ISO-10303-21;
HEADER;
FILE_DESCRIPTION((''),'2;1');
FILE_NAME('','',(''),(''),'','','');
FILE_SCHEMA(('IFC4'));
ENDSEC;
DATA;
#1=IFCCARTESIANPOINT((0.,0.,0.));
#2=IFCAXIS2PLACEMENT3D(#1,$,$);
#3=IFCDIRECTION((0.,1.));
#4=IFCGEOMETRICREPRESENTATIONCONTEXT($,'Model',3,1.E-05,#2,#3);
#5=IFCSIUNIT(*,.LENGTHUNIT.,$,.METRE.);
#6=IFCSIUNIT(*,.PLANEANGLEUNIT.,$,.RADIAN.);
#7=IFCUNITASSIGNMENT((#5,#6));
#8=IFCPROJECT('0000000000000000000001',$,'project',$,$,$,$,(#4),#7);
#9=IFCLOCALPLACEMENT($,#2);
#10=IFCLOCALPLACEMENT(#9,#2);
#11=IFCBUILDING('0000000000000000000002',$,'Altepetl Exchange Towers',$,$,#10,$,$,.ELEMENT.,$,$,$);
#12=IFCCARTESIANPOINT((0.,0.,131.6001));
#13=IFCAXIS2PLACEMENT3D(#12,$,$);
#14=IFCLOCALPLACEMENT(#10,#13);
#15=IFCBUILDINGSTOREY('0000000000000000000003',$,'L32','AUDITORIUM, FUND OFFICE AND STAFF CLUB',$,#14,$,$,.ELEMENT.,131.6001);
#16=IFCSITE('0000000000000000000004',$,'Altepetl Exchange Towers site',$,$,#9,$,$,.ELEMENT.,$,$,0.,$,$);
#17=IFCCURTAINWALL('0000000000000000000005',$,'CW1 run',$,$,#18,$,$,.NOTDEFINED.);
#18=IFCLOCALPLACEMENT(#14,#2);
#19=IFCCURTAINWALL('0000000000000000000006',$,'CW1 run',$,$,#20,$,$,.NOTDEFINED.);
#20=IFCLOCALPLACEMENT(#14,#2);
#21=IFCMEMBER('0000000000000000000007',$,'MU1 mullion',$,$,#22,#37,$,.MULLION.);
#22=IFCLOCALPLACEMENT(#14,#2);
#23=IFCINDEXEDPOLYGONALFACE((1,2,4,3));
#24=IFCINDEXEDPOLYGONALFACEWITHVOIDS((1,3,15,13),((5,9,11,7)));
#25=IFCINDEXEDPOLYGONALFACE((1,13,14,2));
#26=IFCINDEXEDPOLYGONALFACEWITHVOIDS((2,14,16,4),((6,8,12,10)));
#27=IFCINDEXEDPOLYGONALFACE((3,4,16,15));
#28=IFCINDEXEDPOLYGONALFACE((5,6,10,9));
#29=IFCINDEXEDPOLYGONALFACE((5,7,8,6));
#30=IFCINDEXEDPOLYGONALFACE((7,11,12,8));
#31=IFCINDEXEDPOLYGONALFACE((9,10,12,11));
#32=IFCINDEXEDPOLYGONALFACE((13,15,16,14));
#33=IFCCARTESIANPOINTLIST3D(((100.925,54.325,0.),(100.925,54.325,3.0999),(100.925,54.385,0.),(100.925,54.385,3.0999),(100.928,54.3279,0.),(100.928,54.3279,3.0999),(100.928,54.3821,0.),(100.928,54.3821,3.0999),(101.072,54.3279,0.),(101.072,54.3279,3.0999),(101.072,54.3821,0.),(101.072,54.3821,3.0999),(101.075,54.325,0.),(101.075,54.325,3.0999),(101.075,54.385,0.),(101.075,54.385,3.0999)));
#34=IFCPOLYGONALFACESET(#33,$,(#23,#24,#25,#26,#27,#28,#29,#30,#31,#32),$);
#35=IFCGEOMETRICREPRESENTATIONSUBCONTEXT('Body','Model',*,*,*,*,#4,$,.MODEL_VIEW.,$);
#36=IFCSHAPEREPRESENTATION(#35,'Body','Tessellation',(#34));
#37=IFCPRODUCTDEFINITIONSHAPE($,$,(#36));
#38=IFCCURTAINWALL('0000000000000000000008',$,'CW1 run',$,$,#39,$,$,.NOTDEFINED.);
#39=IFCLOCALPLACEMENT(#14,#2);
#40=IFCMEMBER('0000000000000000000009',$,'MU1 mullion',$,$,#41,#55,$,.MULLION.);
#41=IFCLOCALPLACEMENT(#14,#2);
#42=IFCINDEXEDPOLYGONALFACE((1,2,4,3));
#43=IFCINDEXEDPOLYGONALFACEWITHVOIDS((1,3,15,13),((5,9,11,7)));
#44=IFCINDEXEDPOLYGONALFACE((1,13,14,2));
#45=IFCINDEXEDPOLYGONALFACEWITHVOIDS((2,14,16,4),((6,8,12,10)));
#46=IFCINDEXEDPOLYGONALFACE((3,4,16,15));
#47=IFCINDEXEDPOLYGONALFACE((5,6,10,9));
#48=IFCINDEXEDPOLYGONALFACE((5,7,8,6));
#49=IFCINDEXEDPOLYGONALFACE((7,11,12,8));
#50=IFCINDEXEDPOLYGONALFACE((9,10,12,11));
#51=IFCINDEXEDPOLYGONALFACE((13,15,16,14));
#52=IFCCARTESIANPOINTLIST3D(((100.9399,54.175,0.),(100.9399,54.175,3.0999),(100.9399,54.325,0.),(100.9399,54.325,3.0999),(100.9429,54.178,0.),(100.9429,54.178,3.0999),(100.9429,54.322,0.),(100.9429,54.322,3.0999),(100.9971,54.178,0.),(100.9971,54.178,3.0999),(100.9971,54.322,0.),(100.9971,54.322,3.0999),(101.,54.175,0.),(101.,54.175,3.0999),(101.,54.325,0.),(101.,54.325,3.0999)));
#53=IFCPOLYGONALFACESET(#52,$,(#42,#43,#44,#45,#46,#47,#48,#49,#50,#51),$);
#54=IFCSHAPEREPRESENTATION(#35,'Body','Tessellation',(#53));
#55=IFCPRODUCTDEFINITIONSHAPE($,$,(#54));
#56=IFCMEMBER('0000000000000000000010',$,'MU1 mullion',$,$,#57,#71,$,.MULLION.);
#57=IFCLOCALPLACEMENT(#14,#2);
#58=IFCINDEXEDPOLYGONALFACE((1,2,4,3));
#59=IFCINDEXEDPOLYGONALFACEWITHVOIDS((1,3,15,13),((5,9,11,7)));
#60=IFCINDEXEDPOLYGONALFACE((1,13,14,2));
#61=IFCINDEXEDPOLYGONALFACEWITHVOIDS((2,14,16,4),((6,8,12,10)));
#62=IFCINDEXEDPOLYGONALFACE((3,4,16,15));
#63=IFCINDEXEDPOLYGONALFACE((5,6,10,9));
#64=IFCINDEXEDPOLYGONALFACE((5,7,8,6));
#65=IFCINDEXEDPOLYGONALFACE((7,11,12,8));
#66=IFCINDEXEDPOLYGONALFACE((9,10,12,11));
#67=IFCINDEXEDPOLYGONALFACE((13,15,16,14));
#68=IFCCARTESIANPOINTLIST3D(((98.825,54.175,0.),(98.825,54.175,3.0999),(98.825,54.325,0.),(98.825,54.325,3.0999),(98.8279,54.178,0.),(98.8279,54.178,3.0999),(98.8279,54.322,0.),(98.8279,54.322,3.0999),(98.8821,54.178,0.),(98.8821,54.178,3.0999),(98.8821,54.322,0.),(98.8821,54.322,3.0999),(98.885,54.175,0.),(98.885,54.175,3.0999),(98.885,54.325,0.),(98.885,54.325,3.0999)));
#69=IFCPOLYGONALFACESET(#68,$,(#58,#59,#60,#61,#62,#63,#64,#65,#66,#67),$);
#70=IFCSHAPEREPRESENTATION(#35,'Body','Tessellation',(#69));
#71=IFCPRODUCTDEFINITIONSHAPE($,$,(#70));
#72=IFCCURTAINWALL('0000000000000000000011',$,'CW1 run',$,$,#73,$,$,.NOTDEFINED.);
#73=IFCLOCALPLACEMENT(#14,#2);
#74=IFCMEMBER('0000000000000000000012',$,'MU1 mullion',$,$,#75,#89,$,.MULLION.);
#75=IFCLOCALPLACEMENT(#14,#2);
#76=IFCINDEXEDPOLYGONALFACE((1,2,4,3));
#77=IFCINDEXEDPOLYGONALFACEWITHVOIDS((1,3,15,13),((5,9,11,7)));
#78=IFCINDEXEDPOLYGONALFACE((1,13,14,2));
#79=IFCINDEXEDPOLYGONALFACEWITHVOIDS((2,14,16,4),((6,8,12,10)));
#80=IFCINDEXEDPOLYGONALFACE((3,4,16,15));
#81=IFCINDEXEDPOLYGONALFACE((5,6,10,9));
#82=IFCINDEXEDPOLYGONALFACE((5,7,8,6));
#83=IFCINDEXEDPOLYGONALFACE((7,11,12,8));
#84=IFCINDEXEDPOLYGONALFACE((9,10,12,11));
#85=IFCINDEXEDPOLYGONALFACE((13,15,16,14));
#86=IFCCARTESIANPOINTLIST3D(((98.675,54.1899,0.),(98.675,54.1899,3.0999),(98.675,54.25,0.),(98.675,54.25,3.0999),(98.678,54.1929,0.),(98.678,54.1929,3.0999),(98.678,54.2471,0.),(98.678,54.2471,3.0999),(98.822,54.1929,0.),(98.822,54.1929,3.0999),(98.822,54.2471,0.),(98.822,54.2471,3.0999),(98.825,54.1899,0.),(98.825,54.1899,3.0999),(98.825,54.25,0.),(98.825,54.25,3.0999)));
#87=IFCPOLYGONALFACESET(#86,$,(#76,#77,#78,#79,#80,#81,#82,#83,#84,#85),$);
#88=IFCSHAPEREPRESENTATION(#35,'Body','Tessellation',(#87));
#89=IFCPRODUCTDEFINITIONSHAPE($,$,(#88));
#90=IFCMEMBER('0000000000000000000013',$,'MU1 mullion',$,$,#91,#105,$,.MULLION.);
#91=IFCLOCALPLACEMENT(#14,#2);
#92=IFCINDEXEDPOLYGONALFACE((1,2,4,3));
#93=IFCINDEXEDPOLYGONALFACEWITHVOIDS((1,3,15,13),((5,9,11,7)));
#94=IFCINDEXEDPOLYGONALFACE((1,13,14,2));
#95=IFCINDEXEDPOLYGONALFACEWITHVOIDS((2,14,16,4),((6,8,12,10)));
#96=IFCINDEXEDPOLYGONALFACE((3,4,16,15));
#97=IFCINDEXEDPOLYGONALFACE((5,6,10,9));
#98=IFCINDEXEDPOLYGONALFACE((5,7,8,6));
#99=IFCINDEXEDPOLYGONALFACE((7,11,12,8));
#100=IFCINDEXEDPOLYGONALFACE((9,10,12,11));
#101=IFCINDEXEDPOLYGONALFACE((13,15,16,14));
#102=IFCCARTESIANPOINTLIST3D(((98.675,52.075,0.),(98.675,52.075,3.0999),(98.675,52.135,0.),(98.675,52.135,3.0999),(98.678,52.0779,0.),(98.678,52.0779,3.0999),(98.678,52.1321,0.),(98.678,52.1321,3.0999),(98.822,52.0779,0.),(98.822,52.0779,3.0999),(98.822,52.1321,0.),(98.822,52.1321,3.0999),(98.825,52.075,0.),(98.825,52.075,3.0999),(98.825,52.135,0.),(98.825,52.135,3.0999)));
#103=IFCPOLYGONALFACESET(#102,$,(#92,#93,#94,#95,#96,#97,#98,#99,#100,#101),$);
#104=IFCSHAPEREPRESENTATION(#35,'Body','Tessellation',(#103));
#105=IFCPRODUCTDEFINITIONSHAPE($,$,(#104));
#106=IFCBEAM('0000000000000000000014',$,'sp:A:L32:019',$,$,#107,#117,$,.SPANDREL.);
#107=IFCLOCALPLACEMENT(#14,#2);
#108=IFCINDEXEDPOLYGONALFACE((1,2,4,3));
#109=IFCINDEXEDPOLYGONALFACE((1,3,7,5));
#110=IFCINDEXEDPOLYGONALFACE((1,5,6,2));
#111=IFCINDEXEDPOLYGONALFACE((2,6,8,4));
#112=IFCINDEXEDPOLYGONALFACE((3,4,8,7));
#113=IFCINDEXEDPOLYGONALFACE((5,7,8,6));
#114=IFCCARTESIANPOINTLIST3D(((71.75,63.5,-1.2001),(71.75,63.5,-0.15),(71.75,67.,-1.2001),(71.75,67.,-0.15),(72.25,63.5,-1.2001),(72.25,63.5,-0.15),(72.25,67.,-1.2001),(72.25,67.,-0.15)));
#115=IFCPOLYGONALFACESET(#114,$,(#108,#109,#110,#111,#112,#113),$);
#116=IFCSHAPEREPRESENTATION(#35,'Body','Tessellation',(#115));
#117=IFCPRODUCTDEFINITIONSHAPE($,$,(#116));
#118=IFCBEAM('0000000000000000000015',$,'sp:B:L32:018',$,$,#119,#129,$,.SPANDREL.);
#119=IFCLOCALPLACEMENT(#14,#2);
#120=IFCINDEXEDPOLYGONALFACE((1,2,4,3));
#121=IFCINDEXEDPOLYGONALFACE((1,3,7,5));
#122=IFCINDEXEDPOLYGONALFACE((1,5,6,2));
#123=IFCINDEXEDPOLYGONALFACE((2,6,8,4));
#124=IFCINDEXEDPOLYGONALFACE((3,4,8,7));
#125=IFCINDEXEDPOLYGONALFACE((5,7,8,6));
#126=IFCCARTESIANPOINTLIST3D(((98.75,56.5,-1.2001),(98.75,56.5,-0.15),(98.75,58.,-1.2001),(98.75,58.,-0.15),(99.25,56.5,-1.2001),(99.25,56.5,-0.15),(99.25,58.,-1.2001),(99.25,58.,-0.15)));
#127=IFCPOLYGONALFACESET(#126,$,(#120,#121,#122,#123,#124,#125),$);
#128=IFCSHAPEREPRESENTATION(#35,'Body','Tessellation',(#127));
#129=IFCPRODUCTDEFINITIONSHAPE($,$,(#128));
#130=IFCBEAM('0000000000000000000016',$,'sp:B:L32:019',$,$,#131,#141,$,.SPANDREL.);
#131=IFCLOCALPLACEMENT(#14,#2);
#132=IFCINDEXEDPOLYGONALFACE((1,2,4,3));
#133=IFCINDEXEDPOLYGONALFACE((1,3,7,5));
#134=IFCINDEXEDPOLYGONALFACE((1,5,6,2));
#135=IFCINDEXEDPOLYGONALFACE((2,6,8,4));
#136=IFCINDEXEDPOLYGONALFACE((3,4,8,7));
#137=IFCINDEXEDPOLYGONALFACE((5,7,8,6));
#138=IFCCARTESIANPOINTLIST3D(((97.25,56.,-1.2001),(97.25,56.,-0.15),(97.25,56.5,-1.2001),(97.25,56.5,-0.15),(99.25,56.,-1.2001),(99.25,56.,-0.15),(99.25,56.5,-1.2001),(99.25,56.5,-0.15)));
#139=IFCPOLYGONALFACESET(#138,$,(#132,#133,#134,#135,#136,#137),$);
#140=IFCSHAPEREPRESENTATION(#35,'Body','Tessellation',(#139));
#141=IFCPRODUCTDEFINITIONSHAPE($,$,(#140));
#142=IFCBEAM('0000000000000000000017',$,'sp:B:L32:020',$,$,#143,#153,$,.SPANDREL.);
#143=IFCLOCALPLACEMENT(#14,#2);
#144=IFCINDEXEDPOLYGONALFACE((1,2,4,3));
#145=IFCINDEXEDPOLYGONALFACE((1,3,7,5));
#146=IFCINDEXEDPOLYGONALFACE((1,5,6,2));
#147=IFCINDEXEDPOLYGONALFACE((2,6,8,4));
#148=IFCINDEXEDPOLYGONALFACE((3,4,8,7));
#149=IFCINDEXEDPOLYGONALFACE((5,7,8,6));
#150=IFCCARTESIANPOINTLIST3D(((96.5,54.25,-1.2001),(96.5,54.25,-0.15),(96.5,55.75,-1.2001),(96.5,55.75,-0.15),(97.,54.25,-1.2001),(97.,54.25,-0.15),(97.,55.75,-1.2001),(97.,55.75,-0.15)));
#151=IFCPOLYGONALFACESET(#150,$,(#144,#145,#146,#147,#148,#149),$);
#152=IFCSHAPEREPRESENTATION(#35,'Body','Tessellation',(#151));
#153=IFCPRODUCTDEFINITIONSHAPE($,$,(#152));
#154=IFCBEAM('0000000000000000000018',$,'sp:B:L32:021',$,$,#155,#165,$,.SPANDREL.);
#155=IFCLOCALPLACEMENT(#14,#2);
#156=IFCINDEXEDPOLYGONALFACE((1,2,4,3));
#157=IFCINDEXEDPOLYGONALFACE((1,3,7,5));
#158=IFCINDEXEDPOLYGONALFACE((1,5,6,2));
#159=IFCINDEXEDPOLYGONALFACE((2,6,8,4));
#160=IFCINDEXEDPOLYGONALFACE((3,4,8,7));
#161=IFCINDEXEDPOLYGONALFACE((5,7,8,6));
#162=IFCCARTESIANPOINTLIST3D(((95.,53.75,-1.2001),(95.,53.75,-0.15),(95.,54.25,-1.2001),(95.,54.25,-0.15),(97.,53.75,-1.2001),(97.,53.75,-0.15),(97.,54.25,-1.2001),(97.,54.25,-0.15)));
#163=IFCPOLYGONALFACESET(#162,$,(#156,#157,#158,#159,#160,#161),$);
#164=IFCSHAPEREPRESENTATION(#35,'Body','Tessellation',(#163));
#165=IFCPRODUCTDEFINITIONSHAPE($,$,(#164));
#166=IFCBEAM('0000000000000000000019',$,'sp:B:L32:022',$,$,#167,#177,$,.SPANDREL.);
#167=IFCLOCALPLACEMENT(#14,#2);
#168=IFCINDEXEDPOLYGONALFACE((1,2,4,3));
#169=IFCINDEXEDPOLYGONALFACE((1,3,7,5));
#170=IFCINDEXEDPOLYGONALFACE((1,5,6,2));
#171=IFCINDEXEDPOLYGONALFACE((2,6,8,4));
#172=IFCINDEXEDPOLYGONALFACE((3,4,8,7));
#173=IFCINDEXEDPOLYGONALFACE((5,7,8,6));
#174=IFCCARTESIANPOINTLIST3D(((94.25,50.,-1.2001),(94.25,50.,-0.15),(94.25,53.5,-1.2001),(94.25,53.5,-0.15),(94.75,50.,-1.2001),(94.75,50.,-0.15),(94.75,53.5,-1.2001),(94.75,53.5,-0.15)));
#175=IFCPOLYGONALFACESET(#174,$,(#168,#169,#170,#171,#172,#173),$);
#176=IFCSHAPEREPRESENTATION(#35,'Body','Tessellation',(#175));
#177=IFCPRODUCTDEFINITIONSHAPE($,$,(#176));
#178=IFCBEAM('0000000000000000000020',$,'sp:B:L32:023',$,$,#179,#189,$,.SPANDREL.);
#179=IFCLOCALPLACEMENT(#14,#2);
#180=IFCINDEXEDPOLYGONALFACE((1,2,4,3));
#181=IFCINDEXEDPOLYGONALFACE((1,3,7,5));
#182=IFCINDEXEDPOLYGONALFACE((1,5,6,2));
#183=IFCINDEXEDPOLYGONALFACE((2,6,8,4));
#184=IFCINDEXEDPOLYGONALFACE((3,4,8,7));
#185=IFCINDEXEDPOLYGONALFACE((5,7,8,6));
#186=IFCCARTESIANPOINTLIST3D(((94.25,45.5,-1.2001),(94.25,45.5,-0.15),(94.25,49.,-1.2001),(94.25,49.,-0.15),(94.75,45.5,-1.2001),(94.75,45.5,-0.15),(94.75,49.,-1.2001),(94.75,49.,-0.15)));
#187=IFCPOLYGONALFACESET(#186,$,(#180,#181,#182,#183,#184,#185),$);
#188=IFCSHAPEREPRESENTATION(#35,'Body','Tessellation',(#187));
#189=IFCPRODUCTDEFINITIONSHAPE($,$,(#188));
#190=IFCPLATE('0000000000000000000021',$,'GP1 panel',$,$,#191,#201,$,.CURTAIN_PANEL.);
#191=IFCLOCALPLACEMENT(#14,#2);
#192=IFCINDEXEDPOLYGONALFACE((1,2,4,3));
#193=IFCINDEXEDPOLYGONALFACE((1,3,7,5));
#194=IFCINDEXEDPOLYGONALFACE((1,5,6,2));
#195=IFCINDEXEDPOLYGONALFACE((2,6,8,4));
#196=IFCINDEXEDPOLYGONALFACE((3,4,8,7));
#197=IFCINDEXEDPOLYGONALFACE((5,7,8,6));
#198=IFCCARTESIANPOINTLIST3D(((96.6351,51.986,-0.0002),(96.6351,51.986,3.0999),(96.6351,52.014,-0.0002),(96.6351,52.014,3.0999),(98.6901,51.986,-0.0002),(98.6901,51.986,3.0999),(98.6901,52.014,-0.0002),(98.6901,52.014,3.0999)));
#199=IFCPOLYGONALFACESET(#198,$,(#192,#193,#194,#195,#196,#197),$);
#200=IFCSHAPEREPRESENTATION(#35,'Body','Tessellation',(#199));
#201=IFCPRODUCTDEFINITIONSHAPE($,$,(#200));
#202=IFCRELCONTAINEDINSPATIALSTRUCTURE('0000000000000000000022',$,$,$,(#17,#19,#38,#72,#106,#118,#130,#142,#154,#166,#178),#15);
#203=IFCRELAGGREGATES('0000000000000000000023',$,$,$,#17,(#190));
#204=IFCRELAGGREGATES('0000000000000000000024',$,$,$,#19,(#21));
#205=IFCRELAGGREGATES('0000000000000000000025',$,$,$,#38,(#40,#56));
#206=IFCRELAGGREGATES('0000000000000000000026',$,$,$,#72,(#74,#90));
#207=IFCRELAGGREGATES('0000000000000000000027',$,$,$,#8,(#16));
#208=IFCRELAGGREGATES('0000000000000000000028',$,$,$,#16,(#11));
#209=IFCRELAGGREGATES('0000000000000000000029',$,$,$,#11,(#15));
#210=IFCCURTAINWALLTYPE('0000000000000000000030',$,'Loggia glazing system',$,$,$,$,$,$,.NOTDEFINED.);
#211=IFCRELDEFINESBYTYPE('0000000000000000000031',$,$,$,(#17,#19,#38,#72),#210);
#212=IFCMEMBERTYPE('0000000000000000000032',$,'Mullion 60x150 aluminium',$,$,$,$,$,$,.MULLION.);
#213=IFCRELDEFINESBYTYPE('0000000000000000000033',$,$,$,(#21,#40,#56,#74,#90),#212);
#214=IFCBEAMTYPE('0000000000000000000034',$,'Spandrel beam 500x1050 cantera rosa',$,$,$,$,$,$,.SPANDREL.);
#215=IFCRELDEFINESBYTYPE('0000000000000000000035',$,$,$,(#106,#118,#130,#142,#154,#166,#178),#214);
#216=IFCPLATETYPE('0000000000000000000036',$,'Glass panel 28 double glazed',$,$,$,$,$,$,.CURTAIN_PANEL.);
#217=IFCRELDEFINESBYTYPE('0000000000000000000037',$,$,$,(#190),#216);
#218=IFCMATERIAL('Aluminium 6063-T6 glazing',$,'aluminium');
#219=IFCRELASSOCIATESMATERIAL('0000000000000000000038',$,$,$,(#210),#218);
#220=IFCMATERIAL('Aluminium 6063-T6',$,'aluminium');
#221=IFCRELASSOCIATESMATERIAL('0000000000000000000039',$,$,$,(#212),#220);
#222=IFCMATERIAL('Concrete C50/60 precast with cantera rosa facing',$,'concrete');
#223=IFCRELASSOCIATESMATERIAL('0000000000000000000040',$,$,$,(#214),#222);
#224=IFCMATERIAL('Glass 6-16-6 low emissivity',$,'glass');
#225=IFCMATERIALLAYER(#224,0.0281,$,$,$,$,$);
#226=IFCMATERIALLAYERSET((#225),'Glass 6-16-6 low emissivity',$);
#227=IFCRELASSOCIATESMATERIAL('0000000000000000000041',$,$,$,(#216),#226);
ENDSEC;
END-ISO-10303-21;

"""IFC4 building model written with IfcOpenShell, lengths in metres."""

from ifc_helpers import new_model, si_unit, direction, frame, origin, origin_2d, place, context, subcontext, project, spatial, rectangle, hollow_rectangle, extrude, material, layer, layer_set, material_profile, profile_set, type_object, element, aggregate, save


model = new_model("IFC4")

# Units and contexts
model_context = context("Model", 3, precision=1e-05, world=origin(), true_north=direction((0.0, 1.0)))
body_context = subcontext(model_context, "Body", "Model", "MODEL_VIEW")
ifc_project = project(units=[si_unit("LENGTHUNIT", "METRE"), si_unit("PLANEANGLEUNIT", "RADIAN")], contexts=[model_context])

# Site, building, storey
site_placement = place(None, origin())
site = spatial("IfcSite", under=ifc_project, at=site_placement, Name="Altepetl Exchange Towers site", CompositionType="ELEMENT", RefElevation=0.0)
building_placement = place(site_placement, origin())
building = spatial("IfcBuilding", under=site, at=building_placement, Name="Altepetl Exchange Towers", CompositionType="ELEMENT")
storey_placement = place(building_placement, frame((0.0, 0.0, 131.6001)))
storey = spatial("IfcBuildingStorey", under=building, at=storey_placement, Name="L32", Description="AUDITORIUM, FUND OFFICE AND STAFF CLUB", CompositionType="ELEMENT", Elevation=131.6001)

# Curtain walls, members
ifc_material_1 = material(Name="Aluminium 6063-T6 glazing", Category="aluminium")
curtain_wall_type = type_object("IfcCurtainWallType", Name="Loggia glazing system", PredefinedType="NOTDEFINED", material=ifc_material_1)
curtain_wall_1_placement = place(storey_placement, origin())
curtain_wall_1 = element("IfcCurtainWall", 1, at=curtain_wall_1_placement, inside=storey, type_object=curtain_wall_type, Name="CW1 run", PredefinedType="NOTDEFINED")
ifc_material_2 = material(Name="Aluminium 6063-T6", Category="aluminium")
ifc_material_profile_1 = material_profile(ifc_material_2, hollow_rectangle(XDim=0.0601, YDim=0.1499, WallThickness=0.0029, at=origin_2d()), Name="Mullion 60x150 aluminium")
ifc_profile_set_1 = profile_set([ifc_material_profile_1], Name="Aluminium 6063-T6")
member_type = type_object("IfcMemberType", Name="Mullion 60x150 aluminium", PredefinedType="MULLION", material=ifc_profile_set_1)
curtain_wall_2_placement = place(storey_placement, origin())
curtain_wall_2 = element("IfcCurtainWall", 2, at=curtain_wall_2_placement, inside=storey, type_object=curtain_wall_type, Name="CW1 run", PredefinedType="NOTDEFINED")
member_1_placement = place(storey_placement, frame((101.0, 54.355, 0.0), z_axis=(0.0, 0.0, 1.0), x_axis=(0.0, -1.0, 0.0)))
member_1 = element("IfcMember", 3, at=member_1_placement, type_object=member_type, Name="MU1 mullion", PredefinedType="MULLION", context=body_context, shape_type="SweptSolid", body=[
    extrude(hollow_rectangle(XDim=0.0601, YDim=0.1499, WallThickness=0.0029, at=origin_2d()), origin(), (0.0, 0.0, 1.0), 3.0999),
])
curtain_wall_3_placement = place(storey_placement, origin())
curtain_wall_3 = element("IfcCurtainWall", 4, at=curtain_wall_3_placement, inside=storey, type_object=curtain_wall_type, Name="CW1 run", PredefinedType="NOTDEFINED")
member_2_placement = place(storey_placement, frame((100.97, 54.25, 0.0), z_axis=(0.0, 0.0, 1.0), x_axis=(-1.0, 0.0, 0.0)))
member_2 = element("IfcMember", 5, at=member_2_placement, type_object=member_type, Name="MU1 mullion", PredefinedType="MULLION", context=body_context, shape_type="SweptSolid", body=[
    extrude(hollow_rectangle(XDim=0.0601, YDim=0.1499, WallThickness=0.0029, at=origin_2d()), origin(), (0.0, 0.0, 1.0), 3.0999),
])
member_3_placement = place(storey_placement, frame((98.855, 54.25, 0.0), z_axis=(0.0, 0.0, 1.0), x_axis=(-1.0, 0.0, 0.0)))
member_3 = element("IfcMember", 6, at=member_3_placement, type_object=member_type, Name="MU1 mullion", PredefinedType="MULLION", context=body_context, shape_type="SweptSolid", body=[
    extrude(hollow_rectangle(XDim=0.0601, YDim=0.1499, WallThickness=0.0029, at=origin_2d()), origin(), (0.0, 0.0, 1.0), 3.0999),
])
curtain_wall_4_placement = place(storey_placement, origin())
curtain_wall_4 = element("IfcCurtainWall", 7, at=curtain_wall_4_placement, inside=storey, type_object=curtain_wall_type, Name="CW1 run", PredefinedType="NOTDEFINED")
member_4_placement = place(storey_placement, frame((98.75, 54.22, 0.0), z_axis=(0.0, 0.0, 1.0), x_axis=(0.0, -1.0, 0.0)))
member_4 = element("IfcMember", 8, at=member_4_placement, type_object=member_type, Name="MU1 mullion", PredefinedType="MULLION", context=body_context, shape_type="SweptSolid", body=[
    extrude(hollow_rectangle(XDim=0.0601, YDim=0.1499, WallThickness=0.0029, at=origin_2d()), origin(), (0.0, 0.0, 1.0), 3.0999),
])
member_5_placement = place(storey_placement, frame((98.75, 52.105, 0.0), z_axis=(0.0, 0.0, 1.0), x_axis=(0.0, -1.0, 0.0)))
member_5 = element("IfcMember", 9, at=member_5_placement, type_object=member_type, Name="MU1 mullion", PredefinedType="MULLION", context=body_context, shape_type="SweptSolid", body=[
    extrude(hollow_rectangle(XDim=0.0601, YDim=0.1499, WallThickness=0.0029, at=origin_2d()), origin(), (0.0, 0.0, 1.0), 3.0999),
])

# Beams
ifc_material_3 = material(Name="Concrete C50/60 precast with cantera rosa facing", Category="concrete")
ifc_material_profile_2 = material_profile(ifc_material_3, rectangle(XDim=0.5, YDim=1.05, at=origin_2d()), Name="500 x 1050")
ifc_profile_set_2 = profile_set([ifc_material_profile_2], Name="Concrete C50/60 precast with cantera rosa facing")
beam_type_1 = type_object("IfcBeamType", Name="Spandrel beam 500x1050 cantera rosa", PredefinedType="SPANDREL", material=ifc_profile_set_2)
beam_1_placement = place(storey_placement, frame((72.0, 63.5, -0.675), z_axis=(0.0, 1.0, 0.0), x_axis=(-1.0, 0.0, 0.0)))
element("IfcBeam", 10, at=beam_1_placement, inside=storey, type_object=beam_type_1, Name="sp:A:L32:019", PredefinedType="SPANDREL", context=body_context, shape_type="SweptSolid", body=[
    extrude(rectangle(XDim=0.5, YDim=1.05, at=origin_2d()), origin(), (0.0, 0.0, 1.0), 3.5),
])
beam_2_placement = place(storey_placement, frame((99.0, 58.0, -0.675), z_axis=(0.0, -1.0, 0.0), x_axis=(1.0, 0.0, 0.0)))
element("IfcBeam", 11, at=beam_2_placement, inside=storey, type_object=beam_type_1, Name="sp:B:L32:018", PredefinedType="SPANDREL", context=body_context, shape_type="SweptSolid", body=[
    extrude(rectangle(XDim=0.5, YDim=1.05, at=origin_2d()), origin(), (0.0, 0.0, 1.0), 1.5),
])
beam_3_placement = place(storey_placement, frame((99.25, 56.25, -0.675), z_axis=(-1.0, 0.0, 0.0), x_axis=(0.0, -1.0, 0.0)))
element("IfcBeam", 12, at=beam_3_placement, inside=storey, type_object=beam_type_1, Name="sp:B:L32:019", PredefinedType="SPANDREL", context=body_context, shape_type="SweptSolid", body=[
    extrude(rectangle(XDim=0.5, YDim=1.05, at=origin_2d()), origin(), (0.0, 0.0, 1.0), 2.0),
])
beam_4_placement = place(storey_placement, frame((96.75, 55.75, -0.675), z_axis=(0.0, -1.0, 0.0), x_axis=(1.0, 0.0, 0.0)))
element("IfcBeam", 13, at=beam_4_placement, inside=storey, type_object=beam_type_1, Name="sp:B:L32:020", PredefinedType="SPANDREL", context=body_context, shape_type="SweptSolid", body=[
    extrude(rectangle(XDim=0.5, YDim=1.05, at=origin_2d()), origin(), (0.0, 0.0, 1.0), 1.5),
])
beam_5_placement = place(storey_placement, frame((97.0, 54.0, -0.675), z_axis=(-1.0, 0.0, 0.0), x_axis=(0.0, -1.0, 0.0)))
element("IfcBeam", 14, at=beam_5_placement, inside=storey, type_object=beam_type_1, Name="sp:B:L32:021", PredefinedType="SPANDREL", context=body_context, shape_type="SweptSolid", body=[
    extrude(rectangle(XDim=0.5, YDim=1.05, at=origin_2d()), origin(), (0.0, 0.0, 1.0), 2.0),
])
for number, where, z_axis, x_axis, name in (
    (15, (94.5, 53.5, -0.675), (0.0, -1.0, 0.0), (1.0, 0.0, 0.0), "sp:B:L32:022"),
    (16, (94.5, 49.0, -0.675), (0.0, -1.0, 0.0), (1.0, 0.0, 0.0), "sp:B:L32:023"),
):
    element("IfcBeam", number, at=place(storey_placement, frame(where, z_axis=z_axis, x_axis=x_axis)), inside=storey, type_object=beam_type_1, Name=name, PredefinedType="SPANDREL", context=body_context, shape_type="SweptSolid", body=[
        extrude(rectangle(XDim=0.5, YDim=1.05, at=origin_2d()), origin(), (0.0, 0.0, 1.0), 3.5),
    ])

# Plate
ifc_material_4 = material(Name="Glass 6-16-6 low emissivity", Category="glass")
ifc_layer_1 = layer(ifc_material_4, 0.0281)
ifc_layer_set_1 = layer_set([ifc_layer_1], Name="Glass 6-16-6 low emissivity")
plate_type = type_object("IfcPlateType", Name="Glass panel 28 double glazed", PredefinedType="CURTAIN_PANEL", material=ifc_layer_set_1)
plate_1_placement = place(storey_placement, frame((97.6626, 52.0, -0.0002), z_axis=(0.0, 0.0, 1.0), x_axis=(-1.0, 0.0, 0.0)))
plate_1 = element("IfcPlate", 17, at=plate_1_placement, type_object=plate_type, Name="GP1 panel", PredefinedType="CURTAIN_PANEL", context=body_context, shape_type="SweptSolid", body=[
    extrude(rectangle(XDim=2.0549, YDim=0.0281, at=origin_2d()), origin(), (0.0, 0.0, 1.0), 3.1001),
])
aggregate(curtain_wall_1, [plate_1])
aggregate(curtain_wall_2, [member_1])
aggregate(curtain_wall_3, [member_2, member_3])
aggregate(curtain_wall_4, [member_4, member_5])

save(model, "model.ifc")
